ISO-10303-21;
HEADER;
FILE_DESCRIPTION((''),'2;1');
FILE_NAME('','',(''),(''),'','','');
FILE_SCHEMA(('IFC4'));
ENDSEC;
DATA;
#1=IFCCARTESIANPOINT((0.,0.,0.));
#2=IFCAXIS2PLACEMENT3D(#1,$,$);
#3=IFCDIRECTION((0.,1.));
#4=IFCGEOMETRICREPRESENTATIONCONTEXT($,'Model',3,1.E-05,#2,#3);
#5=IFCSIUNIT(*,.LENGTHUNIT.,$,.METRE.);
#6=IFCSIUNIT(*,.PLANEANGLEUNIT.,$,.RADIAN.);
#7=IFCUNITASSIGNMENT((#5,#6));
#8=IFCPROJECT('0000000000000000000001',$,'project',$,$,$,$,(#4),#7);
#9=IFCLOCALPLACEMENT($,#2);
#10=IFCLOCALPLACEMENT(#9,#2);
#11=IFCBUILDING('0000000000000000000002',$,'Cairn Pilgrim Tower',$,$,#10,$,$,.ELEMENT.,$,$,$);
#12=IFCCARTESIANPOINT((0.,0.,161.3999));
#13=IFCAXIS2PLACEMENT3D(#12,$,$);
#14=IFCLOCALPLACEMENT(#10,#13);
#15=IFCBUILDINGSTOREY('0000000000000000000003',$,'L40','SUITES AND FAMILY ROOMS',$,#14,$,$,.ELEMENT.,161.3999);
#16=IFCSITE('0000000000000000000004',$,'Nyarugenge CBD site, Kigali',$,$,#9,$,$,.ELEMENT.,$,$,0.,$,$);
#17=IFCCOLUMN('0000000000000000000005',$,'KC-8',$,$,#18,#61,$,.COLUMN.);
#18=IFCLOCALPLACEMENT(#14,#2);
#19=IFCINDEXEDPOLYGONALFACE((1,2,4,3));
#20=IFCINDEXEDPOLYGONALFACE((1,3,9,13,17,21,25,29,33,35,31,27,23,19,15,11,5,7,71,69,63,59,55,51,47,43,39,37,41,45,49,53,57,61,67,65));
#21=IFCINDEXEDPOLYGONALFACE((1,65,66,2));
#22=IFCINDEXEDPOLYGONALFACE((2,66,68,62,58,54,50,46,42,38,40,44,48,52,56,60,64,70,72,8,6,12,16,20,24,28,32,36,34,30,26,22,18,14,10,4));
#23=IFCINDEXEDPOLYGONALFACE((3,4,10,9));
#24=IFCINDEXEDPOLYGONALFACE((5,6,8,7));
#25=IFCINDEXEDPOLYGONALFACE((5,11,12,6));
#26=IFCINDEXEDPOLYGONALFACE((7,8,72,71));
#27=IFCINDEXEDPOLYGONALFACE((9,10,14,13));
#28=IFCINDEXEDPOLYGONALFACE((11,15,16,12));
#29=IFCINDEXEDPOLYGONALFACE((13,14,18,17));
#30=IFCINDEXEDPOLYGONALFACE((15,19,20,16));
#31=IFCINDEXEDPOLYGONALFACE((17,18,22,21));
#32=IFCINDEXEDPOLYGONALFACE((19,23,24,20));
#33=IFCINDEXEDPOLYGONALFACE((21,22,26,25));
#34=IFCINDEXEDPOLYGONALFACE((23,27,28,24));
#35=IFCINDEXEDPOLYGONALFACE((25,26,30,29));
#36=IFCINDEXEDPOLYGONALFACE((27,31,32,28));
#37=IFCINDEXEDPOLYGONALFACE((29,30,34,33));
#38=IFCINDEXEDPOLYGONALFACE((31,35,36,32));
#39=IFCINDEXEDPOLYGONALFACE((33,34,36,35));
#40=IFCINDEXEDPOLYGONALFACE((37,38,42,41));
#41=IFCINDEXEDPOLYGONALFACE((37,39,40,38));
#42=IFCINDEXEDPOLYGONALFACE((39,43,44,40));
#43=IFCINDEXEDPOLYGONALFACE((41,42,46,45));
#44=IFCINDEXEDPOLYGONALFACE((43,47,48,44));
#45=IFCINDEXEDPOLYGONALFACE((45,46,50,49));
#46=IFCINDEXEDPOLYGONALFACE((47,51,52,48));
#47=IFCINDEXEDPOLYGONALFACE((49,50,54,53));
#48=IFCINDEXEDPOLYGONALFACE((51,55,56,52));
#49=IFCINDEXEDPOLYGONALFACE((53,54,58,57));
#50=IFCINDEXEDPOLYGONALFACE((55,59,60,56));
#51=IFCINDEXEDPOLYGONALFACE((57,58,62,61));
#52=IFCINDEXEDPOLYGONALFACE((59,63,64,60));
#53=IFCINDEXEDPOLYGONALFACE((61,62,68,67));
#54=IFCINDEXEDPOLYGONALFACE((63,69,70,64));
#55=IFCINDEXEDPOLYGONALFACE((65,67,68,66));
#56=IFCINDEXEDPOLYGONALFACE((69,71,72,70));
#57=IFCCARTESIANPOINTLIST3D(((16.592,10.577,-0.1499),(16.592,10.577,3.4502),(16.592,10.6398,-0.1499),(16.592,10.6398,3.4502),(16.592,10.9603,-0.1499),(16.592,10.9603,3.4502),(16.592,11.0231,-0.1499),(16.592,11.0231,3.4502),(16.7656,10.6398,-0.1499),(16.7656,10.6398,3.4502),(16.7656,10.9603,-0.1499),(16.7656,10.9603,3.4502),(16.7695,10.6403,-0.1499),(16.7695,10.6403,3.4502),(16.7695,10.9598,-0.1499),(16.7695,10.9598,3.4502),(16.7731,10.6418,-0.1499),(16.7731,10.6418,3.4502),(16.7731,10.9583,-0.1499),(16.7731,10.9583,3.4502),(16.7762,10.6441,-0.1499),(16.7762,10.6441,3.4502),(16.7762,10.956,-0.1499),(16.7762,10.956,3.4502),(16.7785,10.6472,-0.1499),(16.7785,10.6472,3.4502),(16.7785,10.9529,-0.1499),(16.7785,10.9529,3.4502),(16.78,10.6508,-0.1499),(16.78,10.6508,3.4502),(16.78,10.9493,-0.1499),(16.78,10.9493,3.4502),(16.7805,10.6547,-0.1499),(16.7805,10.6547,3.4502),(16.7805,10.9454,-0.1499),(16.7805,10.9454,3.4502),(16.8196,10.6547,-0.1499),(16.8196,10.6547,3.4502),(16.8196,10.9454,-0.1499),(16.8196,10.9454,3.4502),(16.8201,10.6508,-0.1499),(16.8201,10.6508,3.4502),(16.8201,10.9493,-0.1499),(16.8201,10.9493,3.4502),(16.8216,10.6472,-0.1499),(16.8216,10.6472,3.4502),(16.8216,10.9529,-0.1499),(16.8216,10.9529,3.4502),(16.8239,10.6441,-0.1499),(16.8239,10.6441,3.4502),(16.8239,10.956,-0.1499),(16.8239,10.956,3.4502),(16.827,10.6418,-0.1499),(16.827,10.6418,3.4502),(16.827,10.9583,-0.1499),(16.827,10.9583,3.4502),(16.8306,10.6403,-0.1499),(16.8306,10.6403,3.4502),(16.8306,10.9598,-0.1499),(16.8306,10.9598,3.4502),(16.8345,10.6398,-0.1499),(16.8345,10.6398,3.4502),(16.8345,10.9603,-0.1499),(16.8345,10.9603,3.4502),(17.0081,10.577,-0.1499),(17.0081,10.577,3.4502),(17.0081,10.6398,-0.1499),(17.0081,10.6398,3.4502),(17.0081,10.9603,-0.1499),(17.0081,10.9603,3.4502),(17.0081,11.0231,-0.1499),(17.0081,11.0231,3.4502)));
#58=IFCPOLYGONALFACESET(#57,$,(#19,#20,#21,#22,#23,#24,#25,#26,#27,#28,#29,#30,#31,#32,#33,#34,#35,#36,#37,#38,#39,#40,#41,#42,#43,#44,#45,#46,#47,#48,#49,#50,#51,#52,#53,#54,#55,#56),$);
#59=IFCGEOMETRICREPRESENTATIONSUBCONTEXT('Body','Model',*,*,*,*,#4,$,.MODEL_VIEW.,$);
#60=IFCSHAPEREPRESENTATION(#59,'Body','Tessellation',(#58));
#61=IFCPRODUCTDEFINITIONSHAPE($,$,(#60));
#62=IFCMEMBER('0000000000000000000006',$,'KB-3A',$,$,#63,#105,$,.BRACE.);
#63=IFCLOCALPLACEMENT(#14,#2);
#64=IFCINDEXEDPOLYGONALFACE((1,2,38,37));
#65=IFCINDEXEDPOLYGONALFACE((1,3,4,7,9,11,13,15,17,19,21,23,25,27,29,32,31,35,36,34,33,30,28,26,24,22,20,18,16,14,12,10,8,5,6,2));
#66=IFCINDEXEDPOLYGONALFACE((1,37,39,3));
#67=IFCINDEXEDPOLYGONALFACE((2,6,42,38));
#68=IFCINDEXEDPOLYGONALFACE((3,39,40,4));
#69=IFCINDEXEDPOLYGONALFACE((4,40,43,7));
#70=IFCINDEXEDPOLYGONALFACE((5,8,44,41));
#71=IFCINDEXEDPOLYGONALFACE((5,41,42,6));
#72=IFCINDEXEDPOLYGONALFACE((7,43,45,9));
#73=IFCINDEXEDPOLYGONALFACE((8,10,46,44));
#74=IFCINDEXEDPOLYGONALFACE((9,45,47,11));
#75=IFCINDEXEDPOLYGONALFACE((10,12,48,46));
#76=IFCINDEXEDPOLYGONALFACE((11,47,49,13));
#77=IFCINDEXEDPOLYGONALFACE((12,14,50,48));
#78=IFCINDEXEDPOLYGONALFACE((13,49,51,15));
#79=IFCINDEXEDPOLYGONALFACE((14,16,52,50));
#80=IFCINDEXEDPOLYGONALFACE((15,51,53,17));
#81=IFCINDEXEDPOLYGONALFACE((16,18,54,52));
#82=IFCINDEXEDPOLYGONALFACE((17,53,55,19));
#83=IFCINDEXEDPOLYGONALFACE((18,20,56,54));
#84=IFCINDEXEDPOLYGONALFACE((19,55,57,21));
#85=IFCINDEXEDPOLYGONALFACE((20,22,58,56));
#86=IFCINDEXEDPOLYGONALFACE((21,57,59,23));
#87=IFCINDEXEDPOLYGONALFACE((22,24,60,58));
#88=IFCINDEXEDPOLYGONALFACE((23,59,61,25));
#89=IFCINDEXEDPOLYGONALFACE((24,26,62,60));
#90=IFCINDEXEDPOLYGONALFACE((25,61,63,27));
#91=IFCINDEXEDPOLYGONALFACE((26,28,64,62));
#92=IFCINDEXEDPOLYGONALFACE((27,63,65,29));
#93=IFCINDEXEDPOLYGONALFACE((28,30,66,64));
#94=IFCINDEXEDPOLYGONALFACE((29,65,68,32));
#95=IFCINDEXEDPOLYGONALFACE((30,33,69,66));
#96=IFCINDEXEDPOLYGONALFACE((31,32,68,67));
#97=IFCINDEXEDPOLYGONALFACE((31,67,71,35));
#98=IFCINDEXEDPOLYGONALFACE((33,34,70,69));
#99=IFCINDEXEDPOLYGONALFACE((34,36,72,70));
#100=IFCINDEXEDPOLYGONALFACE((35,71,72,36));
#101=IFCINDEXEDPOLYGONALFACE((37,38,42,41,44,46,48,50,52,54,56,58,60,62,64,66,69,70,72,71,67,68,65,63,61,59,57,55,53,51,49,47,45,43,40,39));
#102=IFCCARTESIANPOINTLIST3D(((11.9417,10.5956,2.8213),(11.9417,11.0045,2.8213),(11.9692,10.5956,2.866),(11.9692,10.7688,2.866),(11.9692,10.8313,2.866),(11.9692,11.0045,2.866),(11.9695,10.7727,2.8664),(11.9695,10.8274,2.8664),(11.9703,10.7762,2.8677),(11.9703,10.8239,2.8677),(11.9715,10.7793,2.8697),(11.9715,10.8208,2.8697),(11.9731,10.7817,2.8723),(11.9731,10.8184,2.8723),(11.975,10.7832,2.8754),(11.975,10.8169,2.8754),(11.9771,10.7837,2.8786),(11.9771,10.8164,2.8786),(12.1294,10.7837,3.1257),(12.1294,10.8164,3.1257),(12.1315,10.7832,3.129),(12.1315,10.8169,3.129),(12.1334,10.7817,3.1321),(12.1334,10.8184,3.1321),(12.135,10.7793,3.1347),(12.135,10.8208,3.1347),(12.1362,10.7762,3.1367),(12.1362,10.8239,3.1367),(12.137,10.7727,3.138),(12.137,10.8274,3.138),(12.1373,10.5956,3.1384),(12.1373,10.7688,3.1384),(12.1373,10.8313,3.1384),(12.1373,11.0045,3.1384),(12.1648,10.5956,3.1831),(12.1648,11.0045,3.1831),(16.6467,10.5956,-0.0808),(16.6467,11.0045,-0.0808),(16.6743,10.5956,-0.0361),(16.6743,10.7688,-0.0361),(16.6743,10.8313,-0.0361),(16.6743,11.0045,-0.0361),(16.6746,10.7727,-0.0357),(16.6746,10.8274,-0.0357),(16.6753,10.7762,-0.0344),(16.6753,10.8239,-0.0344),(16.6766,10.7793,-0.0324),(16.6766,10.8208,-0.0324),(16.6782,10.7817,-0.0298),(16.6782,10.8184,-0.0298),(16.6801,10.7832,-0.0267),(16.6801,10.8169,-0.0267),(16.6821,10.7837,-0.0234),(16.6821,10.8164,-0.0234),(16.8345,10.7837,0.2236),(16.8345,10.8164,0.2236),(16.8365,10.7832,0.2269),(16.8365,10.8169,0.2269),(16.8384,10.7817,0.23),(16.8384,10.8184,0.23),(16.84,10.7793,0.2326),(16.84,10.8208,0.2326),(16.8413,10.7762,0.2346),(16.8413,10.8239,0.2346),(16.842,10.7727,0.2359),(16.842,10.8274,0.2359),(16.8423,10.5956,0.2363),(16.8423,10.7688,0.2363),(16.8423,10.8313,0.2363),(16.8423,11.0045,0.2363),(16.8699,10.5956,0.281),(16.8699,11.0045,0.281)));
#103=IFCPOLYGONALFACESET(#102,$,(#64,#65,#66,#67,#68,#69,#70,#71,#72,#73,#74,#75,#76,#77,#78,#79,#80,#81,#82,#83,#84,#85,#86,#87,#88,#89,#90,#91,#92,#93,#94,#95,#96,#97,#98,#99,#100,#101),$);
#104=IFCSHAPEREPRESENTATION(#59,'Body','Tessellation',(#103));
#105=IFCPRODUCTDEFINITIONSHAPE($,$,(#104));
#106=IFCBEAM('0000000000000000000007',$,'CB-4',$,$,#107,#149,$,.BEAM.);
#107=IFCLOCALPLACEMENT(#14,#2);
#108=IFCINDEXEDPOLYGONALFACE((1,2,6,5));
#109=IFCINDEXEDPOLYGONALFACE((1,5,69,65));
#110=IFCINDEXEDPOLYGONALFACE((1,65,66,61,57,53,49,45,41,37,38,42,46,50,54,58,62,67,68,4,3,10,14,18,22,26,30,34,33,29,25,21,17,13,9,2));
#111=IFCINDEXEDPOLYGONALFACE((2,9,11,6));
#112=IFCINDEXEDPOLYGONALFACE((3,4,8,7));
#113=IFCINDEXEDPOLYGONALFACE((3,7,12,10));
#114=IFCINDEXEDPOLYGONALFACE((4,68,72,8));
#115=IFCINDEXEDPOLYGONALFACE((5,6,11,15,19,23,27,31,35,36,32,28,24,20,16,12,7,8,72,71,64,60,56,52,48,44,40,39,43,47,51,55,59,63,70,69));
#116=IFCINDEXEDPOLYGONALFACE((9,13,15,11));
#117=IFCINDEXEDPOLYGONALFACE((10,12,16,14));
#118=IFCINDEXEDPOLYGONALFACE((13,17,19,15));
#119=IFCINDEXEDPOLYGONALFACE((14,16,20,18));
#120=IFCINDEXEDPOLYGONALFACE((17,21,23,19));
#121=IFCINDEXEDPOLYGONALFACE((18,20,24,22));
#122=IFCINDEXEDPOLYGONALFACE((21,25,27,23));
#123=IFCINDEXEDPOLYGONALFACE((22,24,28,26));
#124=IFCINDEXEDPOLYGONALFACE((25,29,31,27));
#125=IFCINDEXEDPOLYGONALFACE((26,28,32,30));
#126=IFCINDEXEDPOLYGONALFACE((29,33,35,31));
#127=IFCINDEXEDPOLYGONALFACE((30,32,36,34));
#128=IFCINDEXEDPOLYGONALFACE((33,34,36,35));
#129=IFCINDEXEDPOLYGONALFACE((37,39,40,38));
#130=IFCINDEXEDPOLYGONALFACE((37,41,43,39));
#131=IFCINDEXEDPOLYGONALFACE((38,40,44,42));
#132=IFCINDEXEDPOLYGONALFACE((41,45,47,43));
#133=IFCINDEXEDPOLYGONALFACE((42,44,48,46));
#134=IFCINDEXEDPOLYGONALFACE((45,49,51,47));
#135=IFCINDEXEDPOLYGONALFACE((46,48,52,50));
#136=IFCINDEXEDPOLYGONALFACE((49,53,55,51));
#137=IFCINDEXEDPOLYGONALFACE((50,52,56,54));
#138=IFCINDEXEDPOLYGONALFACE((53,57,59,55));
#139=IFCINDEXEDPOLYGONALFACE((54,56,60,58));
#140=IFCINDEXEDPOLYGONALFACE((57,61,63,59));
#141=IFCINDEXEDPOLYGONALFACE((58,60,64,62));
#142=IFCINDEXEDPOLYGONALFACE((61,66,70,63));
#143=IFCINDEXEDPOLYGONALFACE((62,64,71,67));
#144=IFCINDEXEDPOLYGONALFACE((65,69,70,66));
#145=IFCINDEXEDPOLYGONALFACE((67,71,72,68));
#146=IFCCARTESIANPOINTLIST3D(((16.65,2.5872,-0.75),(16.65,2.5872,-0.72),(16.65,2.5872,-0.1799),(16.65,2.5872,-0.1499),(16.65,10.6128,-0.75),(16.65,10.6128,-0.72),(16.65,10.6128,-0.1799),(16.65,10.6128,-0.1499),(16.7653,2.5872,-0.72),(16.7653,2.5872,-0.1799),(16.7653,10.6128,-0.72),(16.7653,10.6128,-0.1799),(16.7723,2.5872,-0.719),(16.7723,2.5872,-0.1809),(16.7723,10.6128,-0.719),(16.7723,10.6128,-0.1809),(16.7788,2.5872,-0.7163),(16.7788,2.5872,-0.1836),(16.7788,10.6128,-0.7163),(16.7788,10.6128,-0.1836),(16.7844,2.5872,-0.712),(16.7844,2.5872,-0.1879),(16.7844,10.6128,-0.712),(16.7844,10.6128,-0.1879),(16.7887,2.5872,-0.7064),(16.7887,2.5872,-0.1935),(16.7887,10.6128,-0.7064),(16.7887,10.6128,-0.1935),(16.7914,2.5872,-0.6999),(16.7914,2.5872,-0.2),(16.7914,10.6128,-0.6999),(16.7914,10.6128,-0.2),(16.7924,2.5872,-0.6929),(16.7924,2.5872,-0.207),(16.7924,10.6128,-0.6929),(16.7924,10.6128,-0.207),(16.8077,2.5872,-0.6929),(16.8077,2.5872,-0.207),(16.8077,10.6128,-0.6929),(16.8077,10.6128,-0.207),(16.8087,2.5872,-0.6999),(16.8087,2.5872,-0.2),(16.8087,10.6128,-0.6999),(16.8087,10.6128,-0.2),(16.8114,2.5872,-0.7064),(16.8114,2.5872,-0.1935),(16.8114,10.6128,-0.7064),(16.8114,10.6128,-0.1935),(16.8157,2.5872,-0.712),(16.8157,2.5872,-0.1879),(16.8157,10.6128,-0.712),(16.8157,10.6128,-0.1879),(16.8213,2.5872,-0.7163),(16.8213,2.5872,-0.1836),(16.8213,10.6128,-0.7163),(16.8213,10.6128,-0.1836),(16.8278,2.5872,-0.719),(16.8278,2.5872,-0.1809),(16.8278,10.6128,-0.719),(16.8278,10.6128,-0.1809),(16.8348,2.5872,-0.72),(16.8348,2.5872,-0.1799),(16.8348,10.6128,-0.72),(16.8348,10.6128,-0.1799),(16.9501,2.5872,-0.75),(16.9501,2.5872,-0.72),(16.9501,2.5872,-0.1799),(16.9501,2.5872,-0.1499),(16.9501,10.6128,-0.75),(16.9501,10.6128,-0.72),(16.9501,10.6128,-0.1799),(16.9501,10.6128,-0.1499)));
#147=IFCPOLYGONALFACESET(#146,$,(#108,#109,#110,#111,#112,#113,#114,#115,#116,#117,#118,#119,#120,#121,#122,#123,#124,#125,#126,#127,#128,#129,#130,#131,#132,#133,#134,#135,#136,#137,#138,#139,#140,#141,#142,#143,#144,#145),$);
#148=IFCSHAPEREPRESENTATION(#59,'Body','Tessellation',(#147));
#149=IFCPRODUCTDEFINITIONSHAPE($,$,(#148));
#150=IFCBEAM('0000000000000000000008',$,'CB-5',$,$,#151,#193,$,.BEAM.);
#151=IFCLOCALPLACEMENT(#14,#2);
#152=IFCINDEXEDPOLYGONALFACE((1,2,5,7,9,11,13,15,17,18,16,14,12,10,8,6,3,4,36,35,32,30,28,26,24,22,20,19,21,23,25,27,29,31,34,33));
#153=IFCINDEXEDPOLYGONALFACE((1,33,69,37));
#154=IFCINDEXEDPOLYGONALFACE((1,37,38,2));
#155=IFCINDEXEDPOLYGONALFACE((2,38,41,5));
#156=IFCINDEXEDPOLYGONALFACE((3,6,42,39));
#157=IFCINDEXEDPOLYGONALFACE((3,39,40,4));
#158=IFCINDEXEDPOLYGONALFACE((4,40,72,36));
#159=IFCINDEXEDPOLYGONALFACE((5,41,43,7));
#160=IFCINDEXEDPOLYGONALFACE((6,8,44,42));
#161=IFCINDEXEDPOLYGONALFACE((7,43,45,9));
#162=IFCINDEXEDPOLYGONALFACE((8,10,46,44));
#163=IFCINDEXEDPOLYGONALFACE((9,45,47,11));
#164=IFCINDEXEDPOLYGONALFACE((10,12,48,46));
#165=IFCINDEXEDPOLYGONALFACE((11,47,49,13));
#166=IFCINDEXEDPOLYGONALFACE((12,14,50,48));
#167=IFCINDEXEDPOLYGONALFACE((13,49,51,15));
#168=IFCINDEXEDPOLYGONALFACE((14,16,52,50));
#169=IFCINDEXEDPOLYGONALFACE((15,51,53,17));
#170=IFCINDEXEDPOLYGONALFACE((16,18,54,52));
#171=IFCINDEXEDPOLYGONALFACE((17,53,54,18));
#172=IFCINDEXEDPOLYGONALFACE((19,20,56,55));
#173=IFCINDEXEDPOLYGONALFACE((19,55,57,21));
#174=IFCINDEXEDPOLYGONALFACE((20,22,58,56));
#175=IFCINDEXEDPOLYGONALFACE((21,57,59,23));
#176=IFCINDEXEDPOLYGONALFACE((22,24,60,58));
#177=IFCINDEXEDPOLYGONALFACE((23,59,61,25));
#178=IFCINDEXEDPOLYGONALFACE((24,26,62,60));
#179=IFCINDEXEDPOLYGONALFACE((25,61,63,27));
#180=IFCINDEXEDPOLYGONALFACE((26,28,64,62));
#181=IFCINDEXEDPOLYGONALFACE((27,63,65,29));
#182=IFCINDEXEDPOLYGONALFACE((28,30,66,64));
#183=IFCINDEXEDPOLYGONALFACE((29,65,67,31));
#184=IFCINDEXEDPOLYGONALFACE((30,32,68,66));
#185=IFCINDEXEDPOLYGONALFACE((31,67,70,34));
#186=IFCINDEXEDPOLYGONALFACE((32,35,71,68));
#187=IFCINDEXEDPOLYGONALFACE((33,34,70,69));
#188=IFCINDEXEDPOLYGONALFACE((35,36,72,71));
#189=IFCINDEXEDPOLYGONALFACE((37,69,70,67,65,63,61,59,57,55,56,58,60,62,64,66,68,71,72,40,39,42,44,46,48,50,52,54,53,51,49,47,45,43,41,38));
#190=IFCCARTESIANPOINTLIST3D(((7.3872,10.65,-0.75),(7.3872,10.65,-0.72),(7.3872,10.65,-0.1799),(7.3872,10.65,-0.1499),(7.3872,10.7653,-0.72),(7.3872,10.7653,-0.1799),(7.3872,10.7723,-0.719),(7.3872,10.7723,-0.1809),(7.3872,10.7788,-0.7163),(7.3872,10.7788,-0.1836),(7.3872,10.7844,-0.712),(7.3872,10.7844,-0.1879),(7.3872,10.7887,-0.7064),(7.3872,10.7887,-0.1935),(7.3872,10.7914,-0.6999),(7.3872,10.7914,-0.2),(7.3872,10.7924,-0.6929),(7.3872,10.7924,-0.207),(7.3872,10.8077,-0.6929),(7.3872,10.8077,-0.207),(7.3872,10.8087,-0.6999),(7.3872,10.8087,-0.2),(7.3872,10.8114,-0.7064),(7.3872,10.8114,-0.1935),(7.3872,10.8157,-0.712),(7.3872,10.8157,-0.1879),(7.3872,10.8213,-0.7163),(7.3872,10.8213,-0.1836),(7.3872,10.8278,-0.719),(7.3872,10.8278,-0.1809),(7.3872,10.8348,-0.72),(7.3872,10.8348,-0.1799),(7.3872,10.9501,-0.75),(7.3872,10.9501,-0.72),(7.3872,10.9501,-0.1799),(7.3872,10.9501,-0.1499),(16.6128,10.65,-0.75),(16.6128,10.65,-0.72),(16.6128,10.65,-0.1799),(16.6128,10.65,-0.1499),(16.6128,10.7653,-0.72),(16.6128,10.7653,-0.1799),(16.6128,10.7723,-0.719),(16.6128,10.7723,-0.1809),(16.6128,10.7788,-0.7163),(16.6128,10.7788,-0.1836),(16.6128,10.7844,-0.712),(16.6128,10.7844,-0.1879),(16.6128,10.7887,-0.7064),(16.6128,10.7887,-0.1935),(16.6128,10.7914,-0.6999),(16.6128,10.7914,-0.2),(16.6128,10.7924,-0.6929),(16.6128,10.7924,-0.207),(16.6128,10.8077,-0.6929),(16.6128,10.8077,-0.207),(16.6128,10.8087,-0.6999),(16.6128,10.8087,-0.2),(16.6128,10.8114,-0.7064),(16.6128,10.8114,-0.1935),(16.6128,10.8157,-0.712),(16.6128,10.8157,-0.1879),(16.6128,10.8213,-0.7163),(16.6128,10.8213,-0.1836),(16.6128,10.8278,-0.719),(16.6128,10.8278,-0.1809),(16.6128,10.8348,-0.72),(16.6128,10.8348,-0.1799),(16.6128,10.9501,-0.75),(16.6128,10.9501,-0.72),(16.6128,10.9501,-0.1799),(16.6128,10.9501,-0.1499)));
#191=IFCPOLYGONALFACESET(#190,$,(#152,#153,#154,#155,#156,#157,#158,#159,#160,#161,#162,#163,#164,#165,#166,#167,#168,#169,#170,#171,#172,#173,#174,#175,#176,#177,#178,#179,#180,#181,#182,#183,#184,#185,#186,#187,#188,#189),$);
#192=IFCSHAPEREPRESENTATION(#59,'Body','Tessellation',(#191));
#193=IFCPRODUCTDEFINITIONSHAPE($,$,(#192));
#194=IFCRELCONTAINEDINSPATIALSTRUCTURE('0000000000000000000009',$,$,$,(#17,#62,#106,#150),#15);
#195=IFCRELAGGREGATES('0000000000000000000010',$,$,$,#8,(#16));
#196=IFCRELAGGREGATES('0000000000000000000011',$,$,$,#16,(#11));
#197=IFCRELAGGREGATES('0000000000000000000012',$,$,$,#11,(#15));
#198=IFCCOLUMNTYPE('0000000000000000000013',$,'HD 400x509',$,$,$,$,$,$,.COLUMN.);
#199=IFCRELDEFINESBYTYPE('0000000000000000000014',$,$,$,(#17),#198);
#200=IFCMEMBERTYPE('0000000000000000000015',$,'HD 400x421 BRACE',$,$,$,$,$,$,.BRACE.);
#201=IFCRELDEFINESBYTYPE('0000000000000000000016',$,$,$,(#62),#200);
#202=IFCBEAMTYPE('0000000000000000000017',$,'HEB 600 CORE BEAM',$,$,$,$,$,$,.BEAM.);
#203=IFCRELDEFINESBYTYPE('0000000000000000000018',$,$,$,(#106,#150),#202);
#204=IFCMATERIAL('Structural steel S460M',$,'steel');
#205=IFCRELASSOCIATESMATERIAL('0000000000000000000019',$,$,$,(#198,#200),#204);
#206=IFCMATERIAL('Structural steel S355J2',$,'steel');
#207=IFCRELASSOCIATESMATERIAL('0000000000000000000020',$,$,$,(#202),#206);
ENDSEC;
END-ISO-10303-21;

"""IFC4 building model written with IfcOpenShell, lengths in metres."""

from ifc_helpers import new_model, si_unit, direction, frame, origin, origin_2d, place, context, subcontext, project, spatial, i_section, extrude, material, material_profile, profile_set, type_object, element, save


model = new_model("IFC4")

# Units and contexts
model_context = context("Model", 3, precision=1e-05, world=origin(), true_north=direction((0.0, 1.0)))
body_context = subcontext(model_context, "Body", "Model", "MODEL_VIEW")
ifc_project = project(units=[si_unit("LENGTHUNIT", "METRE"), si_unit("PLANEANGLEUNIT", "RADIAN")], contexts=[model_context])

# Site, building, storey
site_placement = place(None, origin())
site = spatial("IfcSite", under=ifc_project, at=site_placement, Name="Nyarugenge CBD site, Kigali", CompositionType="ELEMENT", RefElevation=0.0)
building_placement = place(site_placement, origin())
building = spatial("IfcBuilding", under=site, at=building_placement, Name="Cairn Pilgrim Tower", CompositionType="ELEMENT")
storey_placement = place(building_placement, frame((0.0, 0.0, 161.3999)))
storey = spatial("IfcBuildingStorey", under=building, at=storey_placement, Name="L40", Description="SUITES AND FAMILY ROOMS", CompositionType="ELEMENT", Elevation=161.3999)

# Column
ifc_material_1 = material(Name="Structural steel S460M", Category="steel")
ifc_material_profile_1 = material_profile(ifc_material_1, i_section(OverallWidth=0.416, OverallDepth=0.446, WebThickness=0.0391, FlangeThickness=0.0627, FilletRadius=0.0149, at=origin_2d()), Name="HD 400x509")
ifc_profile_set_1 = profile_set([ifc_material_profile_1], Name="Structural steel S460M")
column_type = type_object("IfcColumnType", Name="HD 400x509", PredefinedType="COLUMN", material=ifc_profile_set_1)
column_placement = place(storey_placement, frame((16.8, 10.8, -0.1499), z_axis=(0.0, 0.0, 1.0), x_axis=(1.0, 0.0, 0.0)))
element("IfcColumn", 1, at=column_placement, inside=storey, type_object=column_type, Name="KC-8", PredefinedType="COLUMN", context=body_context, shape_type="SweptSolid", body=[
    extrude(i_section(OverallWidth=0.416, OverallDepth=0.446, WebThickness=0.0391, FlangeThickness=0.0627, FilletRadius=0.0149, at=origin_2d()), origin(), (0.0, 0.0, 1.0), 3.6001),
])

# Member
ifc_material_profile_2 = material_profile(ifc_material_1, i_section(OverallWidth=0.4089, OverallDepth=0.425, WebThickness=0.0327, FlangeThickness=0.0525, FilletRadius=0.0149, at=origin_2d()), Name="HD 400x421")
ifc_profile_set_2 = profile_set([ifc_material_profile_2], Name="Structural steel S460M")
member_type = type_object("IfcMemberType", Name="HD 400x421 BRACE", PredefinedType="BRACE", material=ifc_profile_set_2)
member_placement = place(storey_placement, frame((16.7583, 10.8, 0.1001), z_axis=(-0.85112, 0.0, 0.524972), x_axis=(0.0, -1.0, 0.0)))
element("IfcMember", 2, at=member_placement, inside=storey, type_object=member_type, Name="KB-3A", PredefinedType="BRACE", context=body_context, shape_type="SweptSolid", body=[
    extrude(i_section(OverallWidth=0.4089, OverallDepth=0.425, WebThickness=0.0327, FlangeThickness=0.0525, FilletRadius=0.0149, at=origin_2d()), origin(), (0.0, 0.0, 1.0), 5.5281),
])

# Beams
ifc_material_2 = material(Name="Structural steel S355J2", Category="steel")
ifc_material_profile_3 = material_profile(ifc_material_2, i_section(OverallWidth=0.3, OverallDepth=0.6001, WebThickness=0.0154, FlangeThickness=0.03, FilletRadius=0.0271, at=origin_2d()), Name="HEB 600")
ifc_profile_set_3 = profile_set([ifc_material_profile_3], Name="Structural steel S355J2")
beam_type_1 = type_object("IfcBeamType", Name="HEB 600 CORE BEAM", PredefinedType="BEAM", material=ifc_profile_set_3)
beam_1_placement = place(storey_placement, frame((16.8, 2.5872, -0.45), z_axis=(0.0, 1.0, 0.0), x_axis=(-1.0, 0.0, 0.0)))
element("IfcBeam", 3, at=beam_1_placement, inside=storey, type_object=beam_type_1, Name="CB-4", PredefinedType="BEAM", context=body_context, shape_type="SweptSolid", body=[
    extrude(i_section(OverallWidth=0.3, OverallDepth=0.6001, WebThickness=0.0154, FlangeThickness=0.03, FilletRadius=0.0271, at=origin_2d()), origin(), (0.0, 0.0, 1.0), 8.0256),
])
beam_2_placement = place(storey_placement, frame((16.6128, 10.8, -0.45), z_axis=(-1.0, 0.0, 0.0), x_axis=(0.0, -1.0, 0.0)))
element("IfcBeam", 4, at=beam_2_placement, inside=storey, type_object=beam_type_1, Name="CB-5", PredefinedType="BEAM", context=body_context, shape_type="SweptSolid", body=[
    extrude(i_section(OverallWidth=0.3, OverallDepth=0.6001, WebThickness=0.0154, FlangeThickness=0.03, FilletRadius=0.0271, at=origin_2d()), origin(), (0.0, 0.0, 1.0), 9.2256),
])

save(model, "model.ifc")
